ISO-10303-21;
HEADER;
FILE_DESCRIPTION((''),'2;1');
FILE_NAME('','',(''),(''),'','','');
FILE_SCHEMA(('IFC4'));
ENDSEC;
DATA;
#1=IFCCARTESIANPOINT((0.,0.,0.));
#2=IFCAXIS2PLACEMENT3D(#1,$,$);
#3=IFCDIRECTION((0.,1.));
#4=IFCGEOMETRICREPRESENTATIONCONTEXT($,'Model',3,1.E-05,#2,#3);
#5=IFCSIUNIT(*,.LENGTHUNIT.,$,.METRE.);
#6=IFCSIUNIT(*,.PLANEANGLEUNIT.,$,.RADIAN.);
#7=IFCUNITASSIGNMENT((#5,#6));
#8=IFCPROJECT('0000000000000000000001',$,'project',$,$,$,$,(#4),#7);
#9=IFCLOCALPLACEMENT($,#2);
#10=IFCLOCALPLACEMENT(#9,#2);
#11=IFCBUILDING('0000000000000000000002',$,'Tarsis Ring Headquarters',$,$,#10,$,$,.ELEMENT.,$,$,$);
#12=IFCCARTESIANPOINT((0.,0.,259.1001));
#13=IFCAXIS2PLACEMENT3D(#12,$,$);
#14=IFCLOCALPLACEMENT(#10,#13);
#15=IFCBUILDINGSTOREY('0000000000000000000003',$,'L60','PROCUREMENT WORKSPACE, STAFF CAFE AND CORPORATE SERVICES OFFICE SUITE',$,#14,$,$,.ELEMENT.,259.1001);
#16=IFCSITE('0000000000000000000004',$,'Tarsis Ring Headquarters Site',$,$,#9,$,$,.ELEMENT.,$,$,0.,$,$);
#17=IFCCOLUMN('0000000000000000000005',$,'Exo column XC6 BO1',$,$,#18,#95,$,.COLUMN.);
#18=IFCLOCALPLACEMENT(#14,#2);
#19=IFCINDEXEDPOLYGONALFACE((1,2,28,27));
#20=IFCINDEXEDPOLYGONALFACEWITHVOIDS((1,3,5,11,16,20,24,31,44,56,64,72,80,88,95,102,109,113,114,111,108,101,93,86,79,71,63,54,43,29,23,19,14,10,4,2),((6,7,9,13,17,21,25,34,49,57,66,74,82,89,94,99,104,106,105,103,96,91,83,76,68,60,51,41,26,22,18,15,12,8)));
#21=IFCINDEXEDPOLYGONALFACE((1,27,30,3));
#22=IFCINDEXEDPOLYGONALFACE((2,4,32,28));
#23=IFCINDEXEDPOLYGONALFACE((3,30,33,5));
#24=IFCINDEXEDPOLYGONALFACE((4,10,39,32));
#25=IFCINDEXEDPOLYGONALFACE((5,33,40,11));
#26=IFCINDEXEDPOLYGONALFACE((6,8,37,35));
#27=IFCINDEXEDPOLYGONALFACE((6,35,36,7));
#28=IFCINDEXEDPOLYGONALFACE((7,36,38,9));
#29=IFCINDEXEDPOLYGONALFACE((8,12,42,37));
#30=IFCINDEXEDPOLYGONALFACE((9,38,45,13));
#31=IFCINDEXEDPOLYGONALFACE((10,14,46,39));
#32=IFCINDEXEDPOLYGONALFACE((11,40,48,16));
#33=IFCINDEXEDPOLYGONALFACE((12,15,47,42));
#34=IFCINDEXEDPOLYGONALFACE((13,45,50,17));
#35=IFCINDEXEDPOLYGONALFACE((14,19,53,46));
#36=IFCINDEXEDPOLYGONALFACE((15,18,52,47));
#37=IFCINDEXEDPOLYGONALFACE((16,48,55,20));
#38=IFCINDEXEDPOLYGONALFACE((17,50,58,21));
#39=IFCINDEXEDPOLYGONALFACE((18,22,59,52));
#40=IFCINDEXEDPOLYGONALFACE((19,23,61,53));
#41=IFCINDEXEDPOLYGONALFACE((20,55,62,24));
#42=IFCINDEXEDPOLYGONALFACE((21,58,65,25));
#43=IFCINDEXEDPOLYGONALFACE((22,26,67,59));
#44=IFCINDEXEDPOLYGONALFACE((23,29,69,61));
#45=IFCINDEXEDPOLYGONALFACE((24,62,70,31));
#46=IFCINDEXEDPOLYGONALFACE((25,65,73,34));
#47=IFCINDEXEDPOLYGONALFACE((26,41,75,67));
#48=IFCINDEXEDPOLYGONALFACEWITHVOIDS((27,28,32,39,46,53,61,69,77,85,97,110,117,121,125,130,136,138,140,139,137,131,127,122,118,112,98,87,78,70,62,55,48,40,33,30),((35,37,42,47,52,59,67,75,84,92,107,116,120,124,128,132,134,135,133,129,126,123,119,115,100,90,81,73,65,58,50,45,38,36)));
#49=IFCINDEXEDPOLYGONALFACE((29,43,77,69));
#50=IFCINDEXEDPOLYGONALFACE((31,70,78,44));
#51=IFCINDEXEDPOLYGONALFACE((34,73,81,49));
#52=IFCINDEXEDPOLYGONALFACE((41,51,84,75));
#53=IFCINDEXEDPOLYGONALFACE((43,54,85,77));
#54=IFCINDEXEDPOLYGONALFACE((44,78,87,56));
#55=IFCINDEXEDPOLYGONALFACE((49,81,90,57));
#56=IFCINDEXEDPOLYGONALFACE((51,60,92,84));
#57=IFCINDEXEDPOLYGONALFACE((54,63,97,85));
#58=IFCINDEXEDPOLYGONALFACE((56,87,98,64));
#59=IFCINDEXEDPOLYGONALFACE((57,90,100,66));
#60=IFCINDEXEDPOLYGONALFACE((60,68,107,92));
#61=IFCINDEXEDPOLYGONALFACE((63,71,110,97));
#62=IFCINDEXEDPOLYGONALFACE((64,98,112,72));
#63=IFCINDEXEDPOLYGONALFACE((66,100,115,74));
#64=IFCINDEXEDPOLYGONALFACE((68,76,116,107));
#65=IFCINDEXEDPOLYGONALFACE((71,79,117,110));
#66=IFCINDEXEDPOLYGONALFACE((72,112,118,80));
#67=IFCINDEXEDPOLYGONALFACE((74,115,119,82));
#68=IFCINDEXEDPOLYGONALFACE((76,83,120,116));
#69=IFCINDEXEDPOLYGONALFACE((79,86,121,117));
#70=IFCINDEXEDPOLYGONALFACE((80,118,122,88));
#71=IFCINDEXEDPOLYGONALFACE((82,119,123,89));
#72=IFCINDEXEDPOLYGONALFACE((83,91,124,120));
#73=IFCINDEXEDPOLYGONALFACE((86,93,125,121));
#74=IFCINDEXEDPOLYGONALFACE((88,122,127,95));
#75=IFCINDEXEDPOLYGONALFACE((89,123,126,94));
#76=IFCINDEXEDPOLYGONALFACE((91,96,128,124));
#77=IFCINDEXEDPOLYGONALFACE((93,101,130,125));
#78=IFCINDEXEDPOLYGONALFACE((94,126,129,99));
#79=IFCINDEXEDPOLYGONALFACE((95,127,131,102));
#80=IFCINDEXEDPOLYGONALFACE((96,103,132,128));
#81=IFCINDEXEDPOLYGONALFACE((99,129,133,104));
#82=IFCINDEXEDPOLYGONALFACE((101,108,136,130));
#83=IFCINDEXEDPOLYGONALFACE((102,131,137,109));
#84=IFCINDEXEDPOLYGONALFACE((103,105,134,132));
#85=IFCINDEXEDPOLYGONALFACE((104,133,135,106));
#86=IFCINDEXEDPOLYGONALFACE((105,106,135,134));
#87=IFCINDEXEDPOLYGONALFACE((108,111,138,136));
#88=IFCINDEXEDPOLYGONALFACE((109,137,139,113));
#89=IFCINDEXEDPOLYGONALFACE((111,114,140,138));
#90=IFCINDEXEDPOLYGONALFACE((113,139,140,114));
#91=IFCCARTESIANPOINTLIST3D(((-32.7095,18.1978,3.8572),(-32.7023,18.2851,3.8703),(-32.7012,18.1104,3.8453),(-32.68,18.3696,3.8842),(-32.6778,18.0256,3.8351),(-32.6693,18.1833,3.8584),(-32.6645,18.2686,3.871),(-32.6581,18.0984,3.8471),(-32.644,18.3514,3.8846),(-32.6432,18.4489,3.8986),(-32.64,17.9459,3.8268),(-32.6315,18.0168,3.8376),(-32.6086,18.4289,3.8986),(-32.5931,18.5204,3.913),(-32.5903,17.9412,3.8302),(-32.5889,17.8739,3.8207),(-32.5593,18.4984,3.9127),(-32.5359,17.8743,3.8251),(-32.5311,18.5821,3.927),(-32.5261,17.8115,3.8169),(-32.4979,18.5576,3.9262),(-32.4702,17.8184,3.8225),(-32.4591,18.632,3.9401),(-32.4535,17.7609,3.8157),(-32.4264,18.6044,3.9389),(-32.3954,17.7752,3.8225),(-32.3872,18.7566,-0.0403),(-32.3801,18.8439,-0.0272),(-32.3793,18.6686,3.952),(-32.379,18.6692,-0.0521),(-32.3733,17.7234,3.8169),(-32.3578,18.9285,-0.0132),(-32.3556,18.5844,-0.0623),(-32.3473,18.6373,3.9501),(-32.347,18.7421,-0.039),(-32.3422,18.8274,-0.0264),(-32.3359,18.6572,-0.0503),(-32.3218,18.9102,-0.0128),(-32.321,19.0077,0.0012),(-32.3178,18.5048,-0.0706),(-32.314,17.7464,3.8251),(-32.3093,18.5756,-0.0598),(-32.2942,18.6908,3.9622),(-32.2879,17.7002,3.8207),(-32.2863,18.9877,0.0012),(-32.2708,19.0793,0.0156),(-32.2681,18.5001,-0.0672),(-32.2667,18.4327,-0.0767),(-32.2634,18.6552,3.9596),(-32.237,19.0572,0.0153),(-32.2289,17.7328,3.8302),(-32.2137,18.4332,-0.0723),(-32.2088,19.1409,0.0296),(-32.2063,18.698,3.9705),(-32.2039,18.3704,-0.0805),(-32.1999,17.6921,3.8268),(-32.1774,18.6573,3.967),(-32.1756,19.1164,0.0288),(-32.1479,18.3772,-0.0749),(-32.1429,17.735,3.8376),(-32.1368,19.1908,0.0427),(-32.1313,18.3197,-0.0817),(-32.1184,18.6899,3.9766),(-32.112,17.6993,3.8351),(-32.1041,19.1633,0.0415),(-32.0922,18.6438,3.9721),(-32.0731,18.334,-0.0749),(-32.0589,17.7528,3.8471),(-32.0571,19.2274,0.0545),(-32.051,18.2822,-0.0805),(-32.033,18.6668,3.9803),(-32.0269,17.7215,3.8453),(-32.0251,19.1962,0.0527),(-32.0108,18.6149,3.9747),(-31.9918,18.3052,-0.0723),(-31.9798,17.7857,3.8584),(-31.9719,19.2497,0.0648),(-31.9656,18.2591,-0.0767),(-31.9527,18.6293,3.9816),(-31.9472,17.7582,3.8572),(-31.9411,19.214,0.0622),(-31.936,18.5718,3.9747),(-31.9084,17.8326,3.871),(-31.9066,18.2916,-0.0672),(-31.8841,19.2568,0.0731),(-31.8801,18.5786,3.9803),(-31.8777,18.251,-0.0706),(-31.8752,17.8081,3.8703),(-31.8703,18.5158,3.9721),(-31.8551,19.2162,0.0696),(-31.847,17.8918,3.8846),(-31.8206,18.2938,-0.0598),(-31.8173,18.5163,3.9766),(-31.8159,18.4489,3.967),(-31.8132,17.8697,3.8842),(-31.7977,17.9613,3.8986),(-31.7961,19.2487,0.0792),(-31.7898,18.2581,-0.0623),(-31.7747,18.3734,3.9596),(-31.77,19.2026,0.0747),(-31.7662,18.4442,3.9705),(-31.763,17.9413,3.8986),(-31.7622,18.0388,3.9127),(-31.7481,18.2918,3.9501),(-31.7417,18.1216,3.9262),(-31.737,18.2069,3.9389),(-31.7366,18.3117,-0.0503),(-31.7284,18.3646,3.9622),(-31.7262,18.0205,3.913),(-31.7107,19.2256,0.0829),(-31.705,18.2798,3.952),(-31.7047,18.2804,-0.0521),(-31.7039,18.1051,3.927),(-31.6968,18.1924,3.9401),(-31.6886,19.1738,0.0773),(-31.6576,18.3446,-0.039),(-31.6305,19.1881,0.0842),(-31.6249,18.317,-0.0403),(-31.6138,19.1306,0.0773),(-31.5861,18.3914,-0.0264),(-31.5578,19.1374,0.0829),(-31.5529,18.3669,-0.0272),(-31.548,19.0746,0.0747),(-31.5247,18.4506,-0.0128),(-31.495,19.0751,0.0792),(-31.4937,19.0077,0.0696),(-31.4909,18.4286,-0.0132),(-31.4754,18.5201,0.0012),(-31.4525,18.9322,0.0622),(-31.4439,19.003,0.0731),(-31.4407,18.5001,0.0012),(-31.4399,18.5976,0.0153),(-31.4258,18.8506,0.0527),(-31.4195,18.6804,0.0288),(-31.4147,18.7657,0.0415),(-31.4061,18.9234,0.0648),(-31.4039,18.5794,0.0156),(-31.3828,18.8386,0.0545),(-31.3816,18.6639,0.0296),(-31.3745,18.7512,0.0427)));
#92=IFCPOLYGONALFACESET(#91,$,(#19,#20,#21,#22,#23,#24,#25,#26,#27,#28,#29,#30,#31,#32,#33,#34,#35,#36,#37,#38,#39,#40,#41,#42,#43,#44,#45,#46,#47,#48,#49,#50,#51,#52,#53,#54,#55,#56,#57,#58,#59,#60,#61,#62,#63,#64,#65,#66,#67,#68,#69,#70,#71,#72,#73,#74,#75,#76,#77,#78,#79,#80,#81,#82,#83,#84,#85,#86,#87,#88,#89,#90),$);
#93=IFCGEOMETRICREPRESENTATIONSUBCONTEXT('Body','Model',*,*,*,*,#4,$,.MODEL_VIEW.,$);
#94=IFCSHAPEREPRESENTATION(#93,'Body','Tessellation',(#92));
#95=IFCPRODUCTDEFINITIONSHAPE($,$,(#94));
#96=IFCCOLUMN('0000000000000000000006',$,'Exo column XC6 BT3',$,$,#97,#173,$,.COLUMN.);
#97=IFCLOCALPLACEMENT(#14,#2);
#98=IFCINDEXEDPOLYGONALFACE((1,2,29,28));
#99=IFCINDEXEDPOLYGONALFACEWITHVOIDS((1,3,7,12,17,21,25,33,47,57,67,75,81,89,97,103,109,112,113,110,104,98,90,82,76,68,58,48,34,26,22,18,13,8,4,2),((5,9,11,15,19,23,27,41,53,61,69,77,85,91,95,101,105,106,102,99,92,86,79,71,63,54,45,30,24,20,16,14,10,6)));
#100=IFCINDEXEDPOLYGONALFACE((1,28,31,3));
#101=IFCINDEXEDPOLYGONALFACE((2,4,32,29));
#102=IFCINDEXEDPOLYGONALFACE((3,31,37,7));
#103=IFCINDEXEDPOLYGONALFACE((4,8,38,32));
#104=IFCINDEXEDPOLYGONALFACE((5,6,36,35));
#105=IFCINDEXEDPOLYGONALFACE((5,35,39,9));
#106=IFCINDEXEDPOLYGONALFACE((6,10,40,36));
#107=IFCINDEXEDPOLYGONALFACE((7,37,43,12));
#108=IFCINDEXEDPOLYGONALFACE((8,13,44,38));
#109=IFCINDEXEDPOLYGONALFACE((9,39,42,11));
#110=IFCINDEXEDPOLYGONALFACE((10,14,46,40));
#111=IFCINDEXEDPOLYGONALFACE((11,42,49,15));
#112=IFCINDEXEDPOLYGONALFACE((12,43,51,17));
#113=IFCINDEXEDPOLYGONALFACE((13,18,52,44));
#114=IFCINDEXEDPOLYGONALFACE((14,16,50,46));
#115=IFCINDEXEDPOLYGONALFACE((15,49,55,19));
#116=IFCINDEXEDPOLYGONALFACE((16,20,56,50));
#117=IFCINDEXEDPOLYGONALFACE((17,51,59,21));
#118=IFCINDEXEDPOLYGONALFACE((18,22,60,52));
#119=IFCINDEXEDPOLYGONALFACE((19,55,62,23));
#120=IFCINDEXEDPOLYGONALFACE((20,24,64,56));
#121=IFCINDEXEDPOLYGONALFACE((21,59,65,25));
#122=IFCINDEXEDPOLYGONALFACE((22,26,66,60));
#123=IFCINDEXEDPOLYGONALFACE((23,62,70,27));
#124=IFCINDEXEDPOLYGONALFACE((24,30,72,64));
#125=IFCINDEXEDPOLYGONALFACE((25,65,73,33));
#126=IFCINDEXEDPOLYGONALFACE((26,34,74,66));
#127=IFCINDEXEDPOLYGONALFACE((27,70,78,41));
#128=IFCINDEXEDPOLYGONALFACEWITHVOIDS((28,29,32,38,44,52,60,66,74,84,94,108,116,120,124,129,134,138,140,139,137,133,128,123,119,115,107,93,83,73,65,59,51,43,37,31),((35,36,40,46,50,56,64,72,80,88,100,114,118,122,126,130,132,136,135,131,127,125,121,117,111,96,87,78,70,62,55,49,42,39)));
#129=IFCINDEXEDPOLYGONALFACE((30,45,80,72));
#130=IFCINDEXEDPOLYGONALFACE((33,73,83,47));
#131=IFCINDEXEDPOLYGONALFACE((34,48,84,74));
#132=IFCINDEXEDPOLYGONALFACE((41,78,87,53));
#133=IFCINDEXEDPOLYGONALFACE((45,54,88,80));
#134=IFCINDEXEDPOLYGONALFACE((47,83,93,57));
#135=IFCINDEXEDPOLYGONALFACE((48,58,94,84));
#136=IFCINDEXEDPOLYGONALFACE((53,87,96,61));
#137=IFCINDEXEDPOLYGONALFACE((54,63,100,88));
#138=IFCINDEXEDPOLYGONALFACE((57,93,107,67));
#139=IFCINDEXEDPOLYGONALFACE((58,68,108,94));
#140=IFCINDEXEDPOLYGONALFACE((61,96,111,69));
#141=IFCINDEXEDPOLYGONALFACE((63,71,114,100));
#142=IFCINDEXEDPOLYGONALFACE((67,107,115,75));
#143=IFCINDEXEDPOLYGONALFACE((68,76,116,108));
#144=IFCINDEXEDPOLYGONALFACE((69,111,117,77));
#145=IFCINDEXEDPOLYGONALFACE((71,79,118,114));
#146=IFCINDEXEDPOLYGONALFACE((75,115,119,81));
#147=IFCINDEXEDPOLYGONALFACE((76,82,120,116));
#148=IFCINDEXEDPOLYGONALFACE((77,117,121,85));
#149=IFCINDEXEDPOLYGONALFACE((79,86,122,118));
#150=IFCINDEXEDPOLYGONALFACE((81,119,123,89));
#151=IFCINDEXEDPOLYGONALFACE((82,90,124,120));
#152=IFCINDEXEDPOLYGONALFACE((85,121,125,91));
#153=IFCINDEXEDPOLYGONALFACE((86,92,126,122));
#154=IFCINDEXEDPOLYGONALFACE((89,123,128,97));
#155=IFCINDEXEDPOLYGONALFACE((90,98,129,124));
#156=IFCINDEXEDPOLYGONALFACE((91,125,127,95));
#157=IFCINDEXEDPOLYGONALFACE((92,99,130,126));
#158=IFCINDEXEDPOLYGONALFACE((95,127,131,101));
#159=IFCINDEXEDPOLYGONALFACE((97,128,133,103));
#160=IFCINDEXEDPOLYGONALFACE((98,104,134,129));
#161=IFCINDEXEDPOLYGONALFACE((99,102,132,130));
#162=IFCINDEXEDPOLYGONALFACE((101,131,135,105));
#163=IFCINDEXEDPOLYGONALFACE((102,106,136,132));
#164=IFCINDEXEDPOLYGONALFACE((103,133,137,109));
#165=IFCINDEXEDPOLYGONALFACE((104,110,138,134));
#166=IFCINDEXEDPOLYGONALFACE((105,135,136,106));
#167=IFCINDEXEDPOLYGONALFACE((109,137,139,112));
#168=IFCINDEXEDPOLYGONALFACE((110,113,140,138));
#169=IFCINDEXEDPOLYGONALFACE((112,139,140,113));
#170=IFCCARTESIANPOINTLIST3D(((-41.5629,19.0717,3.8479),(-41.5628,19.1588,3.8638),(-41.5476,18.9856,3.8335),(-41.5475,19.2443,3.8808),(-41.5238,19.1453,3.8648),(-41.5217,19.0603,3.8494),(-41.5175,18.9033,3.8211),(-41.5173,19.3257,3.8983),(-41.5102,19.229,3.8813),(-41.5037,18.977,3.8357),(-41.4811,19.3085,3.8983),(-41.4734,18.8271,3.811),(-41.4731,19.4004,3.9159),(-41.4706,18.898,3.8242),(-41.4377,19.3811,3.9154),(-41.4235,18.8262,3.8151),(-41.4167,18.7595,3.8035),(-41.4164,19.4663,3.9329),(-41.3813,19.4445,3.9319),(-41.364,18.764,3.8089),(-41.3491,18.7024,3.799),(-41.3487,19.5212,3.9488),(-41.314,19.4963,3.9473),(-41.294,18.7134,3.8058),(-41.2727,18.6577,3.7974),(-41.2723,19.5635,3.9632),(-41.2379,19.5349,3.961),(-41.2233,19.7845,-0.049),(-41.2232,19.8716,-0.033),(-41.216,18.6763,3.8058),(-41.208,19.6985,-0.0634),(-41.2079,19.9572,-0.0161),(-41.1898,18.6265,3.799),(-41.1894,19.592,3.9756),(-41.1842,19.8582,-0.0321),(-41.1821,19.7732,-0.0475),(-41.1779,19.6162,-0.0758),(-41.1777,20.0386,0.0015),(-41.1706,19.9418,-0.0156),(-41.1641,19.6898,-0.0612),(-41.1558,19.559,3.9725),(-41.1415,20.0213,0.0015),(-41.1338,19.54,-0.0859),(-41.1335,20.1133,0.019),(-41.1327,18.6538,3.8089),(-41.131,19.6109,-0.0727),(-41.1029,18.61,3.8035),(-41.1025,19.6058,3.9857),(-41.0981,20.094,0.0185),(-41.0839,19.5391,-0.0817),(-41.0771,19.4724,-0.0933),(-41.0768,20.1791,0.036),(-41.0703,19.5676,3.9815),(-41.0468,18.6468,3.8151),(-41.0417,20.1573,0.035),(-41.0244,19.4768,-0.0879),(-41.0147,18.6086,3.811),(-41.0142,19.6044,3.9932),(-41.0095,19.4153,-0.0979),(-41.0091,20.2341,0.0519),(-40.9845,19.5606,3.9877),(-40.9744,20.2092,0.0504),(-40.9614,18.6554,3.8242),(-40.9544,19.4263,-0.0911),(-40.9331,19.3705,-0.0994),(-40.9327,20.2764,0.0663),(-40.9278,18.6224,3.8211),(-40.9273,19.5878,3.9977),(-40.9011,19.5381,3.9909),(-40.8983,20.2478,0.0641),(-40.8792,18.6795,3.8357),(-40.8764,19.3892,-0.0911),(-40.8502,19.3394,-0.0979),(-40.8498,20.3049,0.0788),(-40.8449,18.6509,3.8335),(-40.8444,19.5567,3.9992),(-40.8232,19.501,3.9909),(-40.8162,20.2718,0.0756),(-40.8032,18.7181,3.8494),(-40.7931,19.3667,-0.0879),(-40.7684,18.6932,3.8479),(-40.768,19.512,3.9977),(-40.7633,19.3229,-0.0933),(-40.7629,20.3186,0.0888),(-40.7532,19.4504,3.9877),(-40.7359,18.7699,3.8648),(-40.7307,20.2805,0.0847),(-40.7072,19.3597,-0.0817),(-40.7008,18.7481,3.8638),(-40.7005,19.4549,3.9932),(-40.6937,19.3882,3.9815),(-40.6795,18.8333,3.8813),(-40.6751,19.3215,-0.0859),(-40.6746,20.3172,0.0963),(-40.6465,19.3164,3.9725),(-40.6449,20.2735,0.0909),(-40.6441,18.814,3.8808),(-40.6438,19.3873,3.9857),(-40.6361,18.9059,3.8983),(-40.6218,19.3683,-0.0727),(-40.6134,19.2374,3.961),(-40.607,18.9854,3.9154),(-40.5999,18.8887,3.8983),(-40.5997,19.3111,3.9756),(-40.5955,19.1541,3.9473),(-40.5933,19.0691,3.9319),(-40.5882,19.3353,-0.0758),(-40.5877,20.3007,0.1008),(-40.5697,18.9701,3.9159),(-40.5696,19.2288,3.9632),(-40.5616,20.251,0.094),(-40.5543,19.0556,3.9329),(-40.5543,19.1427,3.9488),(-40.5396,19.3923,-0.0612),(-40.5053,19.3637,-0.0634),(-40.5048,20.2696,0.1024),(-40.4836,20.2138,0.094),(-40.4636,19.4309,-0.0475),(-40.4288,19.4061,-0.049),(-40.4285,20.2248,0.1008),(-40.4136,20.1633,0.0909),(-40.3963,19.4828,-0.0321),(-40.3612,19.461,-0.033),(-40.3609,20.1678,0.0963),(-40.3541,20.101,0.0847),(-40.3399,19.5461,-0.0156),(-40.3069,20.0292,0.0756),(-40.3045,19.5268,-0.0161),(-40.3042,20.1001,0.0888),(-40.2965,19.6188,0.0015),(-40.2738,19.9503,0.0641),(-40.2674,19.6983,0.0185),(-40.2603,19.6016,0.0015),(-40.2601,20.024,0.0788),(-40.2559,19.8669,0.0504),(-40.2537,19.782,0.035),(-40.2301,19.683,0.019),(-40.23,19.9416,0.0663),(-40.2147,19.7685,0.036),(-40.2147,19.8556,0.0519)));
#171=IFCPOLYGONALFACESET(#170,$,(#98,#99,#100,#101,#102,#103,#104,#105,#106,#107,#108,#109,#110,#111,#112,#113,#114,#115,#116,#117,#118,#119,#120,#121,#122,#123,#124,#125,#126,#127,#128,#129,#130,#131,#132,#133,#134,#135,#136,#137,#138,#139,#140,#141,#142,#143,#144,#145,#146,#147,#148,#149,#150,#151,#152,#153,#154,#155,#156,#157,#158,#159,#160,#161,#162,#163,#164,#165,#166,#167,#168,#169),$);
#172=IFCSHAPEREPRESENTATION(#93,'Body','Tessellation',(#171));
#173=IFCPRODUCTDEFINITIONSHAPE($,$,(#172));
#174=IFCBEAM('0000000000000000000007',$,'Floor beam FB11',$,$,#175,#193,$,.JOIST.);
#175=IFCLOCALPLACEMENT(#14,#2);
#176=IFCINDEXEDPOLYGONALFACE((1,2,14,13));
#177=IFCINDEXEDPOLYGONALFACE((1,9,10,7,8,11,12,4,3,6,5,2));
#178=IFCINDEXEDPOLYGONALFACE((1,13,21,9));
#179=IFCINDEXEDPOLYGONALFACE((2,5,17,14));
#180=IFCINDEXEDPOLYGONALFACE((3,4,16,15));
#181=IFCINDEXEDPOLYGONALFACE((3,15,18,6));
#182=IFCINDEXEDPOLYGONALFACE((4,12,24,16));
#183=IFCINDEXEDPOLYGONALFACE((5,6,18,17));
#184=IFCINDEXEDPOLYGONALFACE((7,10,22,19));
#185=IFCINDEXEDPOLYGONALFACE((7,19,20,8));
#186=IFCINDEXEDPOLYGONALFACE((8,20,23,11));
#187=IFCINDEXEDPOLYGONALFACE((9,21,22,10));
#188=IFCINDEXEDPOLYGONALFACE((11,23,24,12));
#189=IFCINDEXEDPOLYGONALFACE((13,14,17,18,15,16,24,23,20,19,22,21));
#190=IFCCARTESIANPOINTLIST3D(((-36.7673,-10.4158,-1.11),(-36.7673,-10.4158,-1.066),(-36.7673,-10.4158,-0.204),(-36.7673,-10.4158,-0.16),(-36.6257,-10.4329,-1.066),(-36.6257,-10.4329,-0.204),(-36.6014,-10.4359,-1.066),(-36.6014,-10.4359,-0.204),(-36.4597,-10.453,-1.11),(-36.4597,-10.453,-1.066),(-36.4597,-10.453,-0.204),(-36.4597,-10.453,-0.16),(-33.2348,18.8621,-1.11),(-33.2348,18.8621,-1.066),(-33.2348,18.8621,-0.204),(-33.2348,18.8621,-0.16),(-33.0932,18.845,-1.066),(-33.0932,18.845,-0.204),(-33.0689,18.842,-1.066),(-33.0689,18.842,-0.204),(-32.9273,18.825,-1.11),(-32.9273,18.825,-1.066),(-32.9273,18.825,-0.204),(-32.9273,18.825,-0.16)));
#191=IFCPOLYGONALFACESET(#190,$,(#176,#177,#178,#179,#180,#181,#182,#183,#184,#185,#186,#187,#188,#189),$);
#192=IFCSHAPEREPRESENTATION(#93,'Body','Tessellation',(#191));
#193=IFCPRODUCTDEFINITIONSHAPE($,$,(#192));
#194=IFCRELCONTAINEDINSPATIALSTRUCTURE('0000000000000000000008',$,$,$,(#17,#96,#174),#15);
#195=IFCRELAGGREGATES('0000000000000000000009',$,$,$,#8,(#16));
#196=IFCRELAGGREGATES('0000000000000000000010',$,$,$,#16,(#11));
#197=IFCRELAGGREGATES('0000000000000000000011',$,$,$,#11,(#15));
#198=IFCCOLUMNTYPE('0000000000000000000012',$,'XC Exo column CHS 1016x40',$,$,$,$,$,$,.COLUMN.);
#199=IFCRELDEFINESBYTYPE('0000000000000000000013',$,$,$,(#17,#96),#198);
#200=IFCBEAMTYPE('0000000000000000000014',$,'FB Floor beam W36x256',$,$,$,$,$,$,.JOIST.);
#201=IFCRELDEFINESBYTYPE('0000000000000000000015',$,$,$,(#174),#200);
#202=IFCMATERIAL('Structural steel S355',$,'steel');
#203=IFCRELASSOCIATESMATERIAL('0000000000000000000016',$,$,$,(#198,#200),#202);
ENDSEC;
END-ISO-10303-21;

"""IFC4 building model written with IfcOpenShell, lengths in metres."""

from ifc_helpers import new_model, si_unit, direction, frame, origin, origin_2d, place, context, subcontext, project, spatial, hollow_circle, i_section, extrude, material, material_profile, profile_set, type_object, element, save


model = new_model("IFC4")

# Units and contexts
model_context = context("Model", 3, precision=1e-05, world=origin(), true_north=direction((0.0, 1.0)))
body_context = subcontext(model_context, "Body", "Model", "MODEL_VIEW")
ifc_project = project(units=[si_unit("LENGTHUNIT", "METRE"), si_unit("PLANEANGLEUNIT", "RADIAN")], contexts=[model_context])

# Site, building, storey
site_placement = place(None, origin())
site = spatial("IfcSite", under=ifc_project, at=site_placement, Name="Tarsis Ring Headquarters Site", CompositionType="ELEMENT", RefElevation=0.0)
building_placement = place(site_placement, origin())
building = spatial("IfcBuilding", under=site, at=building_placement, Name="Tarsis Ring Headquarters", CompositionType="ELEMENT")
storey_placement = place(building_placement, frame((0.0, 0.0, 259.1001)))
storey = spatial("IfcBuildingStorey", under=building, at=storey_placement, Name="L60", Description="PROCUREMENT WORKSPACE, STAFF CAFE AND CORPORATE SERVICES OFFICE SUITE", CompositionType="ELEMENT", Elevation=259.1001)

# Columns
ifc_material_1 = material(Name="Structural steel S355", Category="steel")
ifc_material_profile_1 = material_profile(ifc_material_1, hollow_circle(Radius=0.5081, WallThickness=0.04, at=origin_2d()), Name="CHS 1016x40")
ifc_profile_set_1 = profile_set([ifc_material_profile_1], Name="Structural steel S355")
column_type = type_object("IfcColumnType", Name="XC Exo column CHS 1016x40", PredefinedType="COLUMN", material=ifc_profile_set_1)
column_1_placement = place(storey_placement, frame((-31.8809, 18.7539, 0.0012), z_axis=(-0.081576, -0.14146, 0.986577), x_axis=(0.86628, -0.499559, 0.0)))
element("IfcColumn", 1, at=column_1_placement, inside=storey, type_object=column_type, Name="Exo column XC6 BO1", PredefinedType="COLUMN", context=body_context, shape_type="SweptSolid", body=[
    extrude(hollow_circle(Radius=0.5081, WallThickness=0.04, at=origin_2d()), origin(), (0.0, 0.0, 1.0), 3.9504),
])
column_2_placement = place(storey_placement, frame((-40.719, 19.8201, 0.0015), z_axis=(-0.085409, -0.179291, 0.980082), x_axis=(0.902798, -0.430066, 0.0)))
element("IfcColumn", 2, at=column_2_placement, inside=storey, type_object=column_type, Name="Exo column XC6 BT3", PredefinedType="COLUMN", context=body_context, shape_type="SweptSolid", body=[
    extrude(hollow_circle(Radius=0.5081, WallThickness=0.04, at=origin_2d()), origin(), (0.0, 0.0, 1.0), 3.9761),
])

# Beam
ifc_material_profile_2 = material_profile(ifc_material_1, i_section(OverallWidth=0.3098, OverallDepth=0.95, WebThickness=0.0244, FlangeThickness=0.0439, at=origin_2d()), Name="W36x256")
ifc_profile_set_2 = profile_set([ifc_material_profile_2], Name="Structural steel S355")
beam_type_1 = type_object("IfcBeamType", Name="FB Floor beam W36x256", PredefinedType="JOIST", material=ifc_profile_set_2)
for number, where, z_axis, x_axis, name in (
    (3, (-33.0811, 18.8435, -0.635), (-0.119785, -0.9928, 0.0), (0.9928, -0.119785, 0.0), "Floor beam FB11"),
):
    element("IfcBeam", number, at=place(storey_placement, frame(where, z_axis=z_axis, x_axis=x_axis)), inside=storey, type_object=beam_type_1, Name=name, PredefinedType="JOIST", context=body_context, shape_type="SweptSolid", body=[
        extrude(i_section(OverallWidth=0.3098, OverallDepth=0.95, WebThickness=0.0244, FlangeThickness=0.0439, at=origin_2d()), origin(), (0.0, 0.0, 1.0), 29.4902),
    ])

save(model, "model.ifc")
